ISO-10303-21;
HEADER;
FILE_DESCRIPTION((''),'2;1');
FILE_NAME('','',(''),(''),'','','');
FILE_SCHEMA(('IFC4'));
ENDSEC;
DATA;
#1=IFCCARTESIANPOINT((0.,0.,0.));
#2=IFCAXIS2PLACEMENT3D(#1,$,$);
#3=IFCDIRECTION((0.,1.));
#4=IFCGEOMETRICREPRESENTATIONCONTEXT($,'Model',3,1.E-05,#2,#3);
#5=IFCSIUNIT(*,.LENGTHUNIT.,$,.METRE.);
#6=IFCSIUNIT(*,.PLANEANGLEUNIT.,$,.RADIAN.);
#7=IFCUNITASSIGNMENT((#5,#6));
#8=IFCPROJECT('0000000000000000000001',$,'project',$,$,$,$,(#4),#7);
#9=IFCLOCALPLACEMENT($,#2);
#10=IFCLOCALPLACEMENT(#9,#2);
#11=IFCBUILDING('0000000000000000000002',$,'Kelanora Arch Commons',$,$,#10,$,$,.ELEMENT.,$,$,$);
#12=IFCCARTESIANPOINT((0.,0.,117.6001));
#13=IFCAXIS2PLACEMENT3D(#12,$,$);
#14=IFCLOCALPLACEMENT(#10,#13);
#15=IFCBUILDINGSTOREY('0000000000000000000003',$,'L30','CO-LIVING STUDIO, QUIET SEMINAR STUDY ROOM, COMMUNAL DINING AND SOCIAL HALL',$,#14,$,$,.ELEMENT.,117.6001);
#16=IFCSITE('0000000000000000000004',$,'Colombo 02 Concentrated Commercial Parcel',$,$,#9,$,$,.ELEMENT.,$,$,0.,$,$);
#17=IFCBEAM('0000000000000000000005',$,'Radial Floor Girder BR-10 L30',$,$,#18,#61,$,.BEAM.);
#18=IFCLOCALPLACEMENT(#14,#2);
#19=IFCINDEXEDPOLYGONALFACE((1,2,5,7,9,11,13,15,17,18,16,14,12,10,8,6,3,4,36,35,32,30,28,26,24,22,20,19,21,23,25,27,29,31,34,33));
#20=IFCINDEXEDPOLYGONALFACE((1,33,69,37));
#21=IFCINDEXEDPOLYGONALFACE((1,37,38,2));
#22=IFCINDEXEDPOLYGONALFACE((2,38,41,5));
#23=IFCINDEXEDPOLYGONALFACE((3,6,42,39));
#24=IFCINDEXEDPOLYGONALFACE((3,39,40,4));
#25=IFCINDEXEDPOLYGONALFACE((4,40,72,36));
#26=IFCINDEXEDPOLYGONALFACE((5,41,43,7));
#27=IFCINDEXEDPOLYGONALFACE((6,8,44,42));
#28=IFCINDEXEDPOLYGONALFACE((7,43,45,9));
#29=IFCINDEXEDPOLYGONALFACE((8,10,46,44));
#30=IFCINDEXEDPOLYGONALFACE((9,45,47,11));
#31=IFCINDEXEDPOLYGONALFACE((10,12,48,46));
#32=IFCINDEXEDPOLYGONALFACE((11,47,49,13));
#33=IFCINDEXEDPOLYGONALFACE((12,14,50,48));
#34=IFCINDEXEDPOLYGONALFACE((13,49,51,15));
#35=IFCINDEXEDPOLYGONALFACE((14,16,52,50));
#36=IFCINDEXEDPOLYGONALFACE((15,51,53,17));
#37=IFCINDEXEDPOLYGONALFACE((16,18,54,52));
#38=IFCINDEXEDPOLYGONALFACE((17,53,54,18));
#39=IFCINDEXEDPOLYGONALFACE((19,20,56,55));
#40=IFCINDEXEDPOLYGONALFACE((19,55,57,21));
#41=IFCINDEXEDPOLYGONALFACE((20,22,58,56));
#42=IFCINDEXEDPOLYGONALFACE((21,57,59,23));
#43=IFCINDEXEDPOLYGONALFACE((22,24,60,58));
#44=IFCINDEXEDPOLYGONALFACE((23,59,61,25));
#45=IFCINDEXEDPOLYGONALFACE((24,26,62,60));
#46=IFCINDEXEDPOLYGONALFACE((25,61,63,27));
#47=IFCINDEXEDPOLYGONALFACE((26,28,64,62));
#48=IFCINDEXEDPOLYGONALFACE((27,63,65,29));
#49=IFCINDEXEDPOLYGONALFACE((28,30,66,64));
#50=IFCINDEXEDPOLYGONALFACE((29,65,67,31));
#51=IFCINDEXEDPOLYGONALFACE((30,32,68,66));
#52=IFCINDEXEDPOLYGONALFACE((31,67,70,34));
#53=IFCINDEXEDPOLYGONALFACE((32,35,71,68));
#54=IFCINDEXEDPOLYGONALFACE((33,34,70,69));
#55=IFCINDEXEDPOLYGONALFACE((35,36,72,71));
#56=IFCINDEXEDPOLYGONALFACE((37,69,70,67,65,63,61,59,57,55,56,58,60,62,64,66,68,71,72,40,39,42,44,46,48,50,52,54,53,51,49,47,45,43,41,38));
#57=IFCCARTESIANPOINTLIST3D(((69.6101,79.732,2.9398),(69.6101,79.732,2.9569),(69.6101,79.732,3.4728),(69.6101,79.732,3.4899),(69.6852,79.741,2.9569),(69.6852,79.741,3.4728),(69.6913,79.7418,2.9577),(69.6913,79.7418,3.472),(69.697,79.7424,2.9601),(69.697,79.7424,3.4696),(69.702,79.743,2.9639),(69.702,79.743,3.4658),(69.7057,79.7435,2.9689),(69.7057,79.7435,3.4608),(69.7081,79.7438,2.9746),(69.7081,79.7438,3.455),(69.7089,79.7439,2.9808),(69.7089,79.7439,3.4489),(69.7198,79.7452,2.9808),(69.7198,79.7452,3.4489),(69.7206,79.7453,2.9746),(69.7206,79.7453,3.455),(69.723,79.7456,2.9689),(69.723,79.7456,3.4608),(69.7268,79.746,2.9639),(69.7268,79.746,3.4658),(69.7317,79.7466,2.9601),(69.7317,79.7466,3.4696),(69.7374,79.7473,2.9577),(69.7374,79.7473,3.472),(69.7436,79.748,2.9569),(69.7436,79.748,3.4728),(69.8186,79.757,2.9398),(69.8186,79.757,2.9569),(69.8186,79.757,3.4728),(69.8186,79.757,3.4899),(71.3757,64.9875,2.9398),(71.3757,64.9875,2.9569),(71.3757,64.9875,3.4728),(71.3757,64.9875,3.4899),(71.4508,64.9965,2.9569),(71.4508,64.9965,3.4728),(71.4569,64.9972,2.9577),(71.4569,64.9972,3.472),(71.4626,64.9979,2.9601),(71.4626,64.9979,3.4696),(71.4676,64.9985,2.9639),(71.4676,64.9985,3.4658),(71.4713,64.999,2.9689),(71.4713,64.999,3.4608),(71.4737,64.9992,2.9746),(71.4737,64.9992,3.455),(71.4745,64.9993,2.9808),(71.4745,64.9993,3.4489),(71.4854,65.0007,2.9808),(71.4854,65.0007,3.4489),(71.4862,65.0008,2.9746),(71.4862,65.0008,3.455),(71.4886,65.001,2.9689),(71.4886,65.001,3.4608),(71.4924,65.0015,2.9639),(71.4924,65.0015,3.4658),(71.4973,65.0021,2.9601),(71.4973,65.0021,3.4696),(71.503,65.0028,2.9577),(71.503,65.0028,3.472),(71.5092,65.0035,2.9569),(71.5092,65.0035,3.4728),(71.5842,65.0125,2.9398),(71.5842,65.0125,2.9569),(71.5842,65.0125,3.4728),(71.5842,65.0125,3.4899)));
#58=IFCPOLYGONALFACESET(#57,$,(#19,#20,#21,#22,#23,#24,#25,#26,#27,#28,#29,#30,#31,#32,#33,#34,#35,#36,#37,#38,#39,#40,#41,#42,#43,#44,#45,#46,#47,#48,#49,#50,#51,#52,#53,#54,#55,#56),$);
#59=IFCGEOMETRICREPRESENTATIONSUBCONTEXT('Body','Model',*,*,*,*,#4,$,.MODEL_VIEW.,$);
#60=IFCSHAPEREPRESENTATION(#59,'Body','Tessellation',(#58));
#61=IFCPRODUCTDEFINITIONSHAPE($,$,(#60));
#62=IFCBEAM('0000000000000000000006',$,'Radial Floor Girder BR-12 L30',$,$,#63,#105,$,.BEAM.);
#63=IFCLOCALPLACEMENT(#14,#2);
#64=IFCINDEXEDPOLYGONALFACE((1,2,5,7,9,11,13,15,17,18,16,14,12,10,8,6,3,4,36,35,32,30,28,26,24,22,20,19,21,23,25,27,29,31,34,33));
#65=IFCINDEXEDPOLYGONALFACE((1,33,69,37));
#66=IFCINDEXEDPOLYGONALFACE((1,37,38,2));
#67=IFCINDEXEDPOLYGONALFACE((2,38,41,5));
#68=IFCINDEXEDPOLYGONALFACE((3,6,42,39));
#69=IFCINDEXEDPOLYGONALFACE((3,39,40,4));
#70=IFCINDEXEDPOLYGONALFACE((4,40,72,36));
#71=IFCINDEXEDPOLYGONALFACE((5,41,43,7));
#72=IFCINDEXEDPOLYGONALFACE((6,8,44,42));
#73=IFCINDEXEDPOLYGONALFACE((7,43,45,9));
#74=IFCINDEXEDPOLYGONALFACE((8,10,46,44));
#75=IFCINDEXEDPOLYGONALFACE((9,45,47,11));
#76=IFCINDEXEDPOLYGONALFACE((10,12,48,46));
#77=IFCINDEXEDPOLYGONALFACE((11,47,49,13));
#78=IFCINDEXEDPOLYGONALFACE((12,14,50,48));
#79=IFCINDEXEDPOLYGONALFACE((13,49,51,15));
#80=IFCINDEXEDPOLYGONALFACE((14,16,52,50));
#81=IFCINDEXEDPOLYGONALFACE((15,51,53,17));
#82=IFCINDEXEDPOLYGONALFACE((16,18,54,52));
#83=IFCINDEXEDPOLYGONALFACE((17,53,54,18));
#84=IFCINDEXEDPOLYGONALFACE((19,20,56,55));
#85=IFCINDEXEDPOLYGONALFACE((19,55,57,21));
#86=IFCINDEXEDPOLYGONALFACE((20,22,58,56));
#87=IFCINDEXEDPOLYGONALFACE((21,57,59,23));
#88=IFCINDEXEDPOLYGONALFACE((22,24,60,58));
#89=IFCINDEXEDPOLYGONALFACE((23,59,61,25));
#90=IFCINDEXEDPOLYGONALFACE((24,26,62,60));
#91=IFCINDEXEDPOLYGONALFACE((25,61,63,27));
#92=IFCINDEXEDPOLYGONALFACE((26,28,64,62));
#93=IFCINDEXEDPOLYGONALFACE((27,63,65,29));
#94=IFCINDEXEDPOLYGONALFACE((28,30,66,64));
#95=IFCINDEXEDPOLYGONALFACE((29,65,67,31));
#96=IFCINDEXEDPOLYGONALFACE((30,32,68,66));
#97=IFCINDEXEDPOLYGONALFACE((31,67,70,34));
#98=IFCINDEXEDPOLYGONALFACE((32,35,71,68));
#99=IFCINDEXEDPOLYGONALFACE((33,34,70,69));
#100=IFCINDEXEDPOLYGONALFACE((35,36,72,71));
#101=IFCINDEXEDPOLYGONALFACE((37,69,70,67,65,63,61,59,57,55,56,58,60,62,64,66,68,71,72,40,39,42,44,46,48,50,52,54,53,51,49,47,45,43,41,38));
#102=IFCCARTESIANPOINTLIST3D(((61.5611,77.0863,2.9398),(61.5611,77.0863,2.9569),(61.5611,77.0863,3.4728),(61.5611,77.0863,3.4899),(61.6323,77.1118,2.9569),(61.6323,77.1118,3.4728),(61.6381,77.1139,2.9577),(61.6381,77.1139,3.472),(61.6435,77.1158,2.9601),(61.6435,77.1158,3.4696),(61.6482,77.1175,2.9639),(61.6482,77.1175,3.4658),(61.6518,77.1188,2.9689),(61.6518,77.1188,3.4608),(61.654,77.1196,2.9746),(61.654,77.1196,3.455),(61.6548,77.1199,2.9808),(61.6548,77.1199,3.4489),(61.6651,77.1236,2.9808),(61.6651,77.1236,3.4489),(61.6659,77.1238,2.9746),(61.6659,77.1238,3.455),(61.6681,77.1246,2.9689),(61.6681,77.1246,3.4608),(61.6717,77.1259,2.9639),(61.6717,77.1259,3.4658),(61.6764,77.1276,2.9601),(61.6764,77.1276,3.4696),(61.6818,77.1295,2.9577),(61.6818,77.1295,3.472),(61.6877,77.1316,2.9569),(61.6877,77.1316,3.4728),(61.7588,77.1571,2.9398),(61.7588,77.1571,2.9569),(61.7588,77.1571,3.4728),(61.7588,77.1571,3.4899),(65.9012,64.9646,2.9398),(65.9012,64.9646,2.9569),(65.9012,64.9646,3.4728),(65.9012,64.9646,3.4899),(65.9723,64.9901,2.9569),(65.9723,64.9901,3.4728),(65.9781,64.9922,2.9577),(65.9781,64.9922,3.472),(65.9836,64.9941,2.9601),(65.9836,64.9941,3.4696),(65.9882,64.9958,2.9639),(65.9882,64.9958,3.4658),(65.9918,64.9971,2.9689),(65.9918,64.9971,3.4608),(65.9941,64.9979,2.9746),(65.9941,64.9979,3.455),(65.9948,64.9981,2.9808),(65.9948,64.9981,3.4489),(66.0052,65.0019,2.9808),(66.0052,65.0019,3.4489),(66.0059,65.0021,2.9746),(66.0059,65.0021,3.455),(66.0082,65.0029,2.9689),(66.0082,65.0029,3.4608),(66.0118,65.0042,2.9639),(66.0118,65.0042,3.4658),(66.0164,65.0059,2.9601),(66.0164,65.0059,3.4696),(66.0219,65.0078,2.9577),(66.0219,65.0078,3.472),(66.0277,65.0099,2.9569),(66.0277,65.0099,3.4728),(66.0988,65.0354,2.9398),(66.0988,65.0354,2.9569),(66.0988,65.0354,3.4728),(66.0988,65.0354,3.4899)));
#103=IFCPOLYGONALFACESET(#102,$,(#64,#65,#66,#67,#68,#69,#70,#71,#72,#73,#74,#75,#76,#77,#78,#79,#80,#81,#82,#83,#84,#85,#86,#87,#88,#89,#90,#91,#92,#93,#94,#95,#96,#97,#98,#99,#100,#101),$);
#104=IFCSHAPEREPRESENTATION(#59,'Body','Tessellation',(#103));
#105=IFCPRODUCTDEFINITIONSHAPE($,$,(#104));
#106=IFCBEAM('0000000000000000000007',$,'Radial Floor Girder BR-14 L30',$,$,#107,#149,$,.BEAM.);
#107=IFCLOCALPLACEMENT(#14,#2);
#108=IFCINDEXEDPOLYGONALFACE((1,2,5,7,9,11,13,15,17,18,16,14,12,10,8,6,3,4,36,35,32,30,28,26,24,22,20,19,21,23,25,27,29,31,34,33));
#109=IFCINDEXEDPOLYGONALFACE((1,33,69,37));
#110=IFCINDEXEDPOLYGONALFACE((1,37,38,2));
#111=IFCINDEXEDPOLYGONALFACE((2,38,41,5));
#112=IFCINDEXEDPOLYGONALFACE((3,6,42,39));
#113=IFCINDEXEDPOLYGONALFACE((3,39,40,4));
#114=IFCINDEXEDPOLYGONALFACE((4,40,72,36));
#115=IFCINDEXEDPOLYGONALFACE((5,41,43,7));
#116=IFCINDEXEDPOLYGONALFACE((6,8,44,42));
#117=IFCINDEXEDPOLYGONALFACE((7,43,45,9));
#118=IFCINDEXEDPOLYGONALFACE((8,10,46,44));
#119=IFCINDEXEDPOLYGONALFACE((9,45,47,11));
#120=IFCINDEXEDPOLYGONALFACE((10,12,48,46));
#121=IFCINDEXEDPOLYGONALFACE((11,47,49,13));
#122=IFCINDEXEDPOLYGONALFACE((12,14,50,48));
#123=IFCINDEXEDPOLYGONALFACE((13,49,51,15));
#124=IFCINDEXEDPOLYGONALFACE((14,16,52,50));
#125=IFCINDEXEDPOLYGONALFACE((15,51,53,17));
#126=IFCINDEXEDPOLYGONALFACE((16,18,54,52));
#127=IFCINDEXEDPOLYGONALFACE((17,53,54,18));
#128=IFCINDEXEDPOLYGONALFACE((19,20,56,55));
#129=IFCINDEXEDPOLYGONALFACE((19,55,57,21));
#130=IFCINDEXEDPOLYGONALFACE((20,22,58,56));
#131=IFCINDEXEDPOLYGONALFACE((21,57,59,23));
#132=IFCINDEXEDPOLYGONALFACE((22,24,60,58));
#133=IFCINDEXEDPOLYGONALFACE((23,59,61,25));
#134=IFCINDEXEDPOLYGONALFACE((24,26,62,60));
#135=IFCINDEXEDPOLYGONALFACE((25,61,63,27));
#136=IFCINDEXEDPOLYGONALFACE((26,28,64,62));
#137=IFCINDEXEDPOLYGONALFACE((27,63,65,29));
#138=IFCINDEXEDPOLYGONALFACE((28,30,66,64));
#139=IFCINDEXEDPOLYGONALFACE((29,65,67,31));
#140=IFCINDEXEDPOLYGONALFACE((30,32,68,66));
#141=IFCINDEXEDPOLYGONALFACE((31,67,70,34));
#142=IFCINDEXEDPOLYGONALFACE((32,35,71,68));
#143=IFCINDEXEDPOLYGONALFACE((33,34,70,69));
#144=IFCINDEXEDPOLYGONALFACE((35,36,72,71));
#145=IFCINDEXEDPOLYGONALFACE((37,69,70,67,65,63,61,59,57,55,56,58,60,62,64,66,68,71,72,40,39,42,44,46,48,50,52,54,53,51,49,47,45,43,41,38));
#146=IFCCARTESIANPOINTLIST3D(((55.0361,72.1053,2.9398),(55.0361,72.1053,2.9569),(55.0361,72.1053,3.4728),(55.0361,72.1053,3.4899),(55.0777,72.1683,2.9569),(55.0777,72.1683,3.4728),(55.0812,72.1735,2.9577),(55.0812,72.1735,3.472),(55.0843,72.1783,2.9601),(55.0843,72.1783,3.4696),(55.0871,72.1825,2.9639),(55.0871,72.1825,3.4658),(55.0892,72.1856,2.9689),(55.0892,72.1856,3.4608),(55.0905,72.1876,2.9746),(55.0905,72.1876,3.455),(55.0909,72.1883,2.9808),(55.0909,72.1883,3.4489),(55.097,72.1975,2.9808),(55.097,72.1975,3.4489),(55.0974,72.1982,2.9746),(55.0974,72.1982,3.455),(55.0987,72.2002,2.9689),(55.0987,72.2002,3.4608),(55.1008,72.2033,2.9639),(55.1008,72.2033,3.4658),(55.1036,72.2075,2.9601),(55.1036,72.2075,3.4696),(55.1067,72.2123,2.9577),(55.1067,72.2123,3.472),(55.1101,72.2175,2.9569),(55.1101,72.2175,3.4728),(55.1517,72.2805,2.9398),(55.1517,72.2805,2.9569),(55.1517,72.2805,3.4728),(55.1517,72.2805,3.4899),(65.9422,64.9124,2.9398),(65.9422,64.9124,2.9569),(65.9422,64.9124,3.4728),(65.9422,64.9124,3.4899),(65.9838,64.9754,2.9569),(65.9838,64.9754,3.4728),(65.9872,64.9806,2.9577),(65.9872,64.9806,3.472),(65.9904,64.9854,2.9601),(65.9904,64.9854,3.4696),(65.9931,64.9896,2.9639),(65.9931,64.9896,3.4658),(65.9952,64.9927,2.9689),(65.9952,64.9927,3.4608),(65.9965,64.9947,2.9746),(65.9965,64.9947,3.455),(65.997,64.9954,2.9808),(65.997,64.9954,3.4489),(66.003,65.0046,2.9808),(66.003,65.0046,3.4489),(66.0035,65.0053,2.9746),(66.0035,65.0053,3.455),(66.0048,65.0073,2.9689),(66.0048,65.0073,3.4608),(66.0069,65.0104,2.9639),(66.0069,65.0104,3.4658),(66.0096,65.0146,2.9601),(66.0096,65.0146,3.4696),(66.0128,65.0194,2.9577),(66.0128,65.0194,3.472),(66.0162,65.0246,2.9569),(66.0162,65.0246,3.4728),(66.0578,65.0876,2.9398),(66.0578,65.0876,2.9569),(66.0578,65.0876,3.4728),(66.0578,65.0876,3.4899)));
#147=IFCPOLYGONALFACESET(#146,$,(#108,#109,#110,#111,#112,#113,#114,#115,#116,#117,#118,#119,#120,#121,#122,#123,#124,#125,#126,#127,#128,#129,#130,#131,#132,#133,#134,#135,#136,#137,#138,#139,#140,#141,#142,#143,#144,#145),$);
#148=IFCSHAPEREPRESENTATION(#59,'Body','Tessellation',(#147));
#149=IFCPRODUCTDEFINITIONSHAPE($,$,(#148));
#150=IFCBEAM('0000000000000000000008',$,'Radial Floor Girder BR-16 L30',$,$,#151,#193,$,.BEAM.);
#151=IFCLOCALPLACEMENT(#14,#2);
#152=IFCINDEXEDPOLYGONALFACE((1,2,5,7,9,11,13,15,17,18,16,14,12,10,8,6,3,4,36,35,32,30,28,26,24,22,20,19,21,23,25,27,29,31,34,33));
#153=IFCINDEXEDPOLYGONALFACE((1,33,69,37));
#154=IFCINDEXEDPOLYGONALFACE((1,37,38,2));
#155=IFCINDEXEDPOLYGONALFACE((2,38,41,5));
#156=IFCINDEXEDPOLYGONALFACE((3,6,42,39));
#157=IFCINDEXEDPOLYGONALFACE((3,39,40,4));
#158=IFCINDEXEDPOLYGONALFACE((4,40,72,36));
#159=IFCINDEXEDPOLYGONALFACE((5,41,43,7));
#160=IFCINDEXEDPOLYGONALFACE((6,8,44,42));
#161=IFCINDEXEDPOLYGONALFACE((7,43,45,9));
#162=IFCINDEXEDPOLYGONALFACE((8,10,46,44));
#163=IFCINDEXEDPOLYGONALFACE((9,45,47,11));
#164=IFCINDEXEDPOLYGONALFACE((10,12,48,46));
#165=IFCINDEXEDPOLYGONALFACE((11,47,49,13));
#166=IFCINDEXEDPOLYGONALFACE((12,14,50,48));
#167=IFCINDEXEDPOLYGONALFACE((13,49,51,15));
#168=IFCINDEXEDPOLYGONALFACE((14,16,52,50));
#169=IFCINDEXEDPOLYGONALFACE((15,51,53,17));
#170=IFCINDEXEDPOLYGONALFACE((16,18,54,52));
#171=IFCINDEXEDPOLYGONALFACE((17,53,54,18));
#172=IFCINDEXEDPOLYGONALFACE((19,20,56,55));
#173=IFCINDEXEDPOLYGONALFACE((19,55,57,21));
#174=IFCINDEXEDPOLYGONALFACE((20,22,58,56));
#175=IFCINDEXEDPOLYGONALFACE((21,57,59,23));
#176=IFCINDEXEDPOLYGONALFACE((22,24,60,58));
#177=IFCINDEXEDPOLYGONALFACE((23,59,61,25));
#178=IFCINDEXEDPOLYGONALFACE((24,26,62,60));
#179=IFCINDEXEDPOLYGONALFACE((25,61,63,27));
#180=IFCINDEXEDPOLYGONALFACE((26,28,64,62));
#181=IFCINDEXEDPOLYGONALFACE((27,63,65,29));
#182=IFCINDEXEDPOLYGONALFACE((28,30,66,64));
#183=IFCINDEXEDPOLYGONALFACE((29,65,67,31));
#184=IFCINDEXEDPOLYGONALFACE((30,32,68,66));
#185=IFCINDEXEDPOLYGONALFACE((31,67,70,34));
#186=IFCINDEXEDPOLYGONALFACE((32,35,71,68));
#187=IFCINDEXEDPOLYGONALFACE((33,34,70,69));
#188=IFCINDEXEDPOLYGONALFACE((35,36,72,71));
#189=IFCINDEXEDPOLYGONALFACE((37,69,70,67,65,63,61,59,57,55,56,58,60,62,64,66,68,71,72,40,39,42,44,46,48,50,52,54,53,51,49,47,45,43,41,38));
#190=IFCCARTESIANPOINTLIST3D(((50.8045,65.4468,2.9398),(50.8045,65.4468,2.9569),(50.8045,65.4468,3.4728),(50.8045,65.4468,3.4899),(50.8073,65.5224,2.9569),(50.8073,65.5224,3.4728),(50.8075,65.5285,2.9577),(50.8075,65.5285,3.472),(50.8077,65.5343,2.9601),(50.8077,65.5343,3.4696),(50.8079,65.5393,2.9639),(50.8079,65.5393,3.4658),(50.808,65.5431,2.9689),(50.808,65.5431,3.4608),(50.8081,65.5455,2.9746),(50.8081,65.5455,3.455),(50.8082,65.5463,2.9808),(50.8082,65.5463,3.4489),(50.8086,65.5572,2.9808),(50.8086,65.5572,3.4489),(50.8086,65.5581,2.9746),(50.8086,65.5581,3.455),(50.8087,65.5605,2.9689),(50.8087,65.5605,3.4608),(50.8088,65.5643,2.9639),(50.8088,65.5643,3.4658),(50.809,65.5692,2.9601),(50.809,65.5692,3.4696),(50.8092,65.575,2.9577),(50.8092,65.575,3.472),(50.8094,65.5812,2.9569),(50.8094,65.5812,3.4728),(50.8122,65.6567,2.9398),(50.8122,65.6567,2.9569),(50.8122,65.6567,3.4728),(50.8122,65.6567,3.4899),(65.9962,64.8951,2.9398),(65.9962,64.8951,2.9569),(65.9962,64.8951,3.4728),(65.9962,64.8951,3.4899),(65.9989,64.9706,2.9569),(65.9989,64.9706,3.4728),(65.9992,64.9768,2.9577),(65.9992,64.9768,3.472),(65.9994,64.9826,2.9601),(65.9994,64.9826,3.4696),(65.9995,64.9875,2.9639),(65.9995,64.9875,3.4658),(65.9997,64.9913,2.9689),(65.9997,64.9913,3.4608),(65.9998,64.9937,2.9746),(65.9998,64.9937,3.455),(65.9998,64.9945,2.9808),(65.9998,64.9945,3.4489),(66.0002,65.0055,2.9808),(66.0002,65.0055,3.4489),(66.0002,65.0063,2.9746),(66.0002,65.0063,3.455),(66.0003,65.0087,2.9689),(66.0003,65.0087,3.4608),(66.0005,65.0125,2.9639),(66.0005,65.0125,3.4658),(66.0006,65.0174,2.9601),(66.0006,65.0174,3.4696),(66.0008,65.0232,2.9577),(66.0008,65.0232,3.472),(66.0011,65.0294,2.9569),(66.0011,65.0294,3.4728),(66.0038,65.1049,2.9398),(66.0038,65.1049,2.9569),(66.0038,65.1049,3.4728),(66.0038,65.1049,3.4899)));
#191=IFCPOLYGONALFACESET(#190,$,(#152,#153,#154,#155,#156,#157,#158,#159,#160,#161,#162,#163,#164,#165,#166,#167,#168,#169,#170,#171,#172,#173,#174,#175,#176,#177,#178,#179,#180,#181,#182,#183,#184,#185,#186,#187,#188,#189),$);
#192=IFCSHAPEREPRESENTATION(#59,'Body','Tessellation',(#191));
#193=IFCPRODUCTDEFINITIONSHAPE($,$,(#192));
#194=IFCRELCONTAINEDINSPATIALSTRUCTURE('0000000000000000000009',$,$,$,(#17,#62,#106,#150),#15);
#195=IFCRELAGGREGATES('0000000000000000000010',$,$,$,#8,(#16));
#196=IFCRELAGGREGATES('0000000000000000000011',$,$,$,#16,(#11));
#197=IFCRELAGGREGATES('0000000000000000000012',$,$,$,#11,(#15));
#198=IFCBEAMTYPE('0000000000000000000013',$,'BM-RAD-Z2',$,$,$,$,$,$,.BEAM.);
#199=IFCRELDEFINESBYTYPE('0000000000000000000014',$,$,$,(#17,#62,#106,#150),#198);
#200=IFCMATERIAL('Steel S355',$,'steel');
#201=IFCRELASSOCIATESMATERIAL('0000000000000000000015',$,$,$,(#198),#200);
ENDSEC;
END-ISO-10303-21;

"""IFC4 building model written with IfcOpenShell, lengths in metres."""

from ifc_helpers import new_model, si_unit, direction, frame, origin, origin_2d, place, context, subcontext, project, spatial, i_section, extrude, material, material_profile, profile_set, type_object, element, save


model = new_model("IFC4")

# Units and contexts
model_context = context("Model", 3, precision=1e-05, world=origin(), true_north=direction((0.0, 1.0)))
body_context = subcontext(model_context, "Body", "Model", "MODEL_VIEW")
ifc_project = project(units=[si_unit("LENGTHUNIT", "METRE"), si_unit("PLANEANGLEUNIT", "RADIAN")], contexts=[model_context])

# Site, building, storey
site_placement = place(None, origin())
site = spatial("IfcSite", under=ifc_project, at=site_placement, Name="Colombo 02 Concentrated Commercial Parcel", CompositionType="ELEMENT", RefElevation=0.0)
building_placement = place(site_placement, origin())
building = spatial("IfcBuilding", under=site, at=building_placement, Name="Kelanora Arch Commons", CompositionType="ELEMENT")
storey_placement = place(building_placement, frame((0.0, 0.0, 117.6001)))
storey = spatial("IfcBuildingStorey", under=building, at=storey_placement, Name="L30", Description="CO-LIVING STUDIO, QUIET SEMINAR STUDY ROOM, COMMUNAL DINING AND SOCIAL HALL", CompositionType="ELEMENT", Elevation=117.6001)

# Beams
ifc_material_1 = material(Name="Steel S355", Category="steel")
ifc_material_profile_1 = material_profile(ifc_material_1, i_section(OverallWidth=0.21, OverallDepth=0.55, WebThickness=0.011, FlangeThickness=0.0171, FilletRadius=0.0239, at=origin_2d()), Name="IPE550")
ifc_profile_set_1 = profile_set([ifc_material_profile_1], Name="Steel S355")
beam_type_1 = type_object("IfcBeamType", Name="BM-RAD-Z2", PredefinedType="BEAM", material=ifc_profile_set_1)
beam_1_placement = place(storey_placement, frame((71.48, 65.0, 3.2148), z_axis=(-0.118898, 0.992907, 0.0), x_axis=(-0.992907, -0.118898, 0.0)))
element("IfcBeam", 1, at=beam_1_placement, inside=storey, type_object=beam_type_1, Name="Radial Floor Girder BR-10 L30", PredefinedType="BEAM", context=body_context, shape_type="SweptSolid", body=[
    extrude(i_section(OverallWidth=0.21, OverallDepth=0.55, WebThickness=0.011, FlangeThickness=0.0171, FilletRadius=0.0239, at=origin_2d()), origin(), (0.0, 0.0, 1.0), 14.8499),
])
beam_2_placement = place(storey_placement, frame((66.0, 65.0, 3.2148), z_axis=(-0.337085, 0.941474, 0.0), x_axis=(-0.941474, -0.337085, 0.0)))
element("IfcBeam", 2, at=beam_2_placement, inside=storey, type_object=beam_type_1, Name="Radial Floor Girder BR-12 L30", PredefinedType="BEAM", context=body_context, shape_type="SweptSolid", body=[
    extrude(i_section(OverallWidth=0.21, OverallDepth=0.55, WebThickness=0.011, FlangeThickness=0.0171, FilletRadius=0.0239, at=origin_2d()), origin(), (0.0, 0.0, 1.0), 12.8752),
])
beam_3_placement = place(storey_placement, frame((66.0, 65.0, 3.2148), z_axis=(-0.834789, 0.550571, 0.0), x_axis=(-0.550571, -0.834789, 0.0)))
element("IfcBeam", 3, at=beam_3_placement, inside=storey, type_object=beam_type_1, Name="Radial Floor Girder BR-14 L30", PredefinedType="BEAM", context=body_context, shape_type="SweptSolid", body=[
    extrude(i_section(OverallWidth=0.21, OverallDepth=0.55, WebThickness=0.011, FlangeThickness=0.0171, FilletRadius=0.0239, at=origin_2d()), origin(), (0.0, 0.0, 1.0), 13.0645),
])
beam_4_placement = place(storey_placement, frame((66.0, 65.0, 3.2148), z_axis=(-0.999341, 0.036296, 0.0), x_axis=(-0.036296, -0.999341, 0.0)))
element("IfcBeam", 4, at=beam_4_placement, inside=storey, type_object=beam_type_1, Name="Radial Floor Girder BR-16 L30", PredefinedType="BEAM", context=body_context, shape_type="SweptSolid", body=[
    extrude(i_section(OverallWidth=0.21, OverallDepth=0.55, WebThickness=0.011, FlangeThickness=0.0171, FilletRadius=0.0239, at=origin_2d()), origin(), (0.0, 0.0, 1.0), 15.2017),
])

save(model, "model.ifc")
